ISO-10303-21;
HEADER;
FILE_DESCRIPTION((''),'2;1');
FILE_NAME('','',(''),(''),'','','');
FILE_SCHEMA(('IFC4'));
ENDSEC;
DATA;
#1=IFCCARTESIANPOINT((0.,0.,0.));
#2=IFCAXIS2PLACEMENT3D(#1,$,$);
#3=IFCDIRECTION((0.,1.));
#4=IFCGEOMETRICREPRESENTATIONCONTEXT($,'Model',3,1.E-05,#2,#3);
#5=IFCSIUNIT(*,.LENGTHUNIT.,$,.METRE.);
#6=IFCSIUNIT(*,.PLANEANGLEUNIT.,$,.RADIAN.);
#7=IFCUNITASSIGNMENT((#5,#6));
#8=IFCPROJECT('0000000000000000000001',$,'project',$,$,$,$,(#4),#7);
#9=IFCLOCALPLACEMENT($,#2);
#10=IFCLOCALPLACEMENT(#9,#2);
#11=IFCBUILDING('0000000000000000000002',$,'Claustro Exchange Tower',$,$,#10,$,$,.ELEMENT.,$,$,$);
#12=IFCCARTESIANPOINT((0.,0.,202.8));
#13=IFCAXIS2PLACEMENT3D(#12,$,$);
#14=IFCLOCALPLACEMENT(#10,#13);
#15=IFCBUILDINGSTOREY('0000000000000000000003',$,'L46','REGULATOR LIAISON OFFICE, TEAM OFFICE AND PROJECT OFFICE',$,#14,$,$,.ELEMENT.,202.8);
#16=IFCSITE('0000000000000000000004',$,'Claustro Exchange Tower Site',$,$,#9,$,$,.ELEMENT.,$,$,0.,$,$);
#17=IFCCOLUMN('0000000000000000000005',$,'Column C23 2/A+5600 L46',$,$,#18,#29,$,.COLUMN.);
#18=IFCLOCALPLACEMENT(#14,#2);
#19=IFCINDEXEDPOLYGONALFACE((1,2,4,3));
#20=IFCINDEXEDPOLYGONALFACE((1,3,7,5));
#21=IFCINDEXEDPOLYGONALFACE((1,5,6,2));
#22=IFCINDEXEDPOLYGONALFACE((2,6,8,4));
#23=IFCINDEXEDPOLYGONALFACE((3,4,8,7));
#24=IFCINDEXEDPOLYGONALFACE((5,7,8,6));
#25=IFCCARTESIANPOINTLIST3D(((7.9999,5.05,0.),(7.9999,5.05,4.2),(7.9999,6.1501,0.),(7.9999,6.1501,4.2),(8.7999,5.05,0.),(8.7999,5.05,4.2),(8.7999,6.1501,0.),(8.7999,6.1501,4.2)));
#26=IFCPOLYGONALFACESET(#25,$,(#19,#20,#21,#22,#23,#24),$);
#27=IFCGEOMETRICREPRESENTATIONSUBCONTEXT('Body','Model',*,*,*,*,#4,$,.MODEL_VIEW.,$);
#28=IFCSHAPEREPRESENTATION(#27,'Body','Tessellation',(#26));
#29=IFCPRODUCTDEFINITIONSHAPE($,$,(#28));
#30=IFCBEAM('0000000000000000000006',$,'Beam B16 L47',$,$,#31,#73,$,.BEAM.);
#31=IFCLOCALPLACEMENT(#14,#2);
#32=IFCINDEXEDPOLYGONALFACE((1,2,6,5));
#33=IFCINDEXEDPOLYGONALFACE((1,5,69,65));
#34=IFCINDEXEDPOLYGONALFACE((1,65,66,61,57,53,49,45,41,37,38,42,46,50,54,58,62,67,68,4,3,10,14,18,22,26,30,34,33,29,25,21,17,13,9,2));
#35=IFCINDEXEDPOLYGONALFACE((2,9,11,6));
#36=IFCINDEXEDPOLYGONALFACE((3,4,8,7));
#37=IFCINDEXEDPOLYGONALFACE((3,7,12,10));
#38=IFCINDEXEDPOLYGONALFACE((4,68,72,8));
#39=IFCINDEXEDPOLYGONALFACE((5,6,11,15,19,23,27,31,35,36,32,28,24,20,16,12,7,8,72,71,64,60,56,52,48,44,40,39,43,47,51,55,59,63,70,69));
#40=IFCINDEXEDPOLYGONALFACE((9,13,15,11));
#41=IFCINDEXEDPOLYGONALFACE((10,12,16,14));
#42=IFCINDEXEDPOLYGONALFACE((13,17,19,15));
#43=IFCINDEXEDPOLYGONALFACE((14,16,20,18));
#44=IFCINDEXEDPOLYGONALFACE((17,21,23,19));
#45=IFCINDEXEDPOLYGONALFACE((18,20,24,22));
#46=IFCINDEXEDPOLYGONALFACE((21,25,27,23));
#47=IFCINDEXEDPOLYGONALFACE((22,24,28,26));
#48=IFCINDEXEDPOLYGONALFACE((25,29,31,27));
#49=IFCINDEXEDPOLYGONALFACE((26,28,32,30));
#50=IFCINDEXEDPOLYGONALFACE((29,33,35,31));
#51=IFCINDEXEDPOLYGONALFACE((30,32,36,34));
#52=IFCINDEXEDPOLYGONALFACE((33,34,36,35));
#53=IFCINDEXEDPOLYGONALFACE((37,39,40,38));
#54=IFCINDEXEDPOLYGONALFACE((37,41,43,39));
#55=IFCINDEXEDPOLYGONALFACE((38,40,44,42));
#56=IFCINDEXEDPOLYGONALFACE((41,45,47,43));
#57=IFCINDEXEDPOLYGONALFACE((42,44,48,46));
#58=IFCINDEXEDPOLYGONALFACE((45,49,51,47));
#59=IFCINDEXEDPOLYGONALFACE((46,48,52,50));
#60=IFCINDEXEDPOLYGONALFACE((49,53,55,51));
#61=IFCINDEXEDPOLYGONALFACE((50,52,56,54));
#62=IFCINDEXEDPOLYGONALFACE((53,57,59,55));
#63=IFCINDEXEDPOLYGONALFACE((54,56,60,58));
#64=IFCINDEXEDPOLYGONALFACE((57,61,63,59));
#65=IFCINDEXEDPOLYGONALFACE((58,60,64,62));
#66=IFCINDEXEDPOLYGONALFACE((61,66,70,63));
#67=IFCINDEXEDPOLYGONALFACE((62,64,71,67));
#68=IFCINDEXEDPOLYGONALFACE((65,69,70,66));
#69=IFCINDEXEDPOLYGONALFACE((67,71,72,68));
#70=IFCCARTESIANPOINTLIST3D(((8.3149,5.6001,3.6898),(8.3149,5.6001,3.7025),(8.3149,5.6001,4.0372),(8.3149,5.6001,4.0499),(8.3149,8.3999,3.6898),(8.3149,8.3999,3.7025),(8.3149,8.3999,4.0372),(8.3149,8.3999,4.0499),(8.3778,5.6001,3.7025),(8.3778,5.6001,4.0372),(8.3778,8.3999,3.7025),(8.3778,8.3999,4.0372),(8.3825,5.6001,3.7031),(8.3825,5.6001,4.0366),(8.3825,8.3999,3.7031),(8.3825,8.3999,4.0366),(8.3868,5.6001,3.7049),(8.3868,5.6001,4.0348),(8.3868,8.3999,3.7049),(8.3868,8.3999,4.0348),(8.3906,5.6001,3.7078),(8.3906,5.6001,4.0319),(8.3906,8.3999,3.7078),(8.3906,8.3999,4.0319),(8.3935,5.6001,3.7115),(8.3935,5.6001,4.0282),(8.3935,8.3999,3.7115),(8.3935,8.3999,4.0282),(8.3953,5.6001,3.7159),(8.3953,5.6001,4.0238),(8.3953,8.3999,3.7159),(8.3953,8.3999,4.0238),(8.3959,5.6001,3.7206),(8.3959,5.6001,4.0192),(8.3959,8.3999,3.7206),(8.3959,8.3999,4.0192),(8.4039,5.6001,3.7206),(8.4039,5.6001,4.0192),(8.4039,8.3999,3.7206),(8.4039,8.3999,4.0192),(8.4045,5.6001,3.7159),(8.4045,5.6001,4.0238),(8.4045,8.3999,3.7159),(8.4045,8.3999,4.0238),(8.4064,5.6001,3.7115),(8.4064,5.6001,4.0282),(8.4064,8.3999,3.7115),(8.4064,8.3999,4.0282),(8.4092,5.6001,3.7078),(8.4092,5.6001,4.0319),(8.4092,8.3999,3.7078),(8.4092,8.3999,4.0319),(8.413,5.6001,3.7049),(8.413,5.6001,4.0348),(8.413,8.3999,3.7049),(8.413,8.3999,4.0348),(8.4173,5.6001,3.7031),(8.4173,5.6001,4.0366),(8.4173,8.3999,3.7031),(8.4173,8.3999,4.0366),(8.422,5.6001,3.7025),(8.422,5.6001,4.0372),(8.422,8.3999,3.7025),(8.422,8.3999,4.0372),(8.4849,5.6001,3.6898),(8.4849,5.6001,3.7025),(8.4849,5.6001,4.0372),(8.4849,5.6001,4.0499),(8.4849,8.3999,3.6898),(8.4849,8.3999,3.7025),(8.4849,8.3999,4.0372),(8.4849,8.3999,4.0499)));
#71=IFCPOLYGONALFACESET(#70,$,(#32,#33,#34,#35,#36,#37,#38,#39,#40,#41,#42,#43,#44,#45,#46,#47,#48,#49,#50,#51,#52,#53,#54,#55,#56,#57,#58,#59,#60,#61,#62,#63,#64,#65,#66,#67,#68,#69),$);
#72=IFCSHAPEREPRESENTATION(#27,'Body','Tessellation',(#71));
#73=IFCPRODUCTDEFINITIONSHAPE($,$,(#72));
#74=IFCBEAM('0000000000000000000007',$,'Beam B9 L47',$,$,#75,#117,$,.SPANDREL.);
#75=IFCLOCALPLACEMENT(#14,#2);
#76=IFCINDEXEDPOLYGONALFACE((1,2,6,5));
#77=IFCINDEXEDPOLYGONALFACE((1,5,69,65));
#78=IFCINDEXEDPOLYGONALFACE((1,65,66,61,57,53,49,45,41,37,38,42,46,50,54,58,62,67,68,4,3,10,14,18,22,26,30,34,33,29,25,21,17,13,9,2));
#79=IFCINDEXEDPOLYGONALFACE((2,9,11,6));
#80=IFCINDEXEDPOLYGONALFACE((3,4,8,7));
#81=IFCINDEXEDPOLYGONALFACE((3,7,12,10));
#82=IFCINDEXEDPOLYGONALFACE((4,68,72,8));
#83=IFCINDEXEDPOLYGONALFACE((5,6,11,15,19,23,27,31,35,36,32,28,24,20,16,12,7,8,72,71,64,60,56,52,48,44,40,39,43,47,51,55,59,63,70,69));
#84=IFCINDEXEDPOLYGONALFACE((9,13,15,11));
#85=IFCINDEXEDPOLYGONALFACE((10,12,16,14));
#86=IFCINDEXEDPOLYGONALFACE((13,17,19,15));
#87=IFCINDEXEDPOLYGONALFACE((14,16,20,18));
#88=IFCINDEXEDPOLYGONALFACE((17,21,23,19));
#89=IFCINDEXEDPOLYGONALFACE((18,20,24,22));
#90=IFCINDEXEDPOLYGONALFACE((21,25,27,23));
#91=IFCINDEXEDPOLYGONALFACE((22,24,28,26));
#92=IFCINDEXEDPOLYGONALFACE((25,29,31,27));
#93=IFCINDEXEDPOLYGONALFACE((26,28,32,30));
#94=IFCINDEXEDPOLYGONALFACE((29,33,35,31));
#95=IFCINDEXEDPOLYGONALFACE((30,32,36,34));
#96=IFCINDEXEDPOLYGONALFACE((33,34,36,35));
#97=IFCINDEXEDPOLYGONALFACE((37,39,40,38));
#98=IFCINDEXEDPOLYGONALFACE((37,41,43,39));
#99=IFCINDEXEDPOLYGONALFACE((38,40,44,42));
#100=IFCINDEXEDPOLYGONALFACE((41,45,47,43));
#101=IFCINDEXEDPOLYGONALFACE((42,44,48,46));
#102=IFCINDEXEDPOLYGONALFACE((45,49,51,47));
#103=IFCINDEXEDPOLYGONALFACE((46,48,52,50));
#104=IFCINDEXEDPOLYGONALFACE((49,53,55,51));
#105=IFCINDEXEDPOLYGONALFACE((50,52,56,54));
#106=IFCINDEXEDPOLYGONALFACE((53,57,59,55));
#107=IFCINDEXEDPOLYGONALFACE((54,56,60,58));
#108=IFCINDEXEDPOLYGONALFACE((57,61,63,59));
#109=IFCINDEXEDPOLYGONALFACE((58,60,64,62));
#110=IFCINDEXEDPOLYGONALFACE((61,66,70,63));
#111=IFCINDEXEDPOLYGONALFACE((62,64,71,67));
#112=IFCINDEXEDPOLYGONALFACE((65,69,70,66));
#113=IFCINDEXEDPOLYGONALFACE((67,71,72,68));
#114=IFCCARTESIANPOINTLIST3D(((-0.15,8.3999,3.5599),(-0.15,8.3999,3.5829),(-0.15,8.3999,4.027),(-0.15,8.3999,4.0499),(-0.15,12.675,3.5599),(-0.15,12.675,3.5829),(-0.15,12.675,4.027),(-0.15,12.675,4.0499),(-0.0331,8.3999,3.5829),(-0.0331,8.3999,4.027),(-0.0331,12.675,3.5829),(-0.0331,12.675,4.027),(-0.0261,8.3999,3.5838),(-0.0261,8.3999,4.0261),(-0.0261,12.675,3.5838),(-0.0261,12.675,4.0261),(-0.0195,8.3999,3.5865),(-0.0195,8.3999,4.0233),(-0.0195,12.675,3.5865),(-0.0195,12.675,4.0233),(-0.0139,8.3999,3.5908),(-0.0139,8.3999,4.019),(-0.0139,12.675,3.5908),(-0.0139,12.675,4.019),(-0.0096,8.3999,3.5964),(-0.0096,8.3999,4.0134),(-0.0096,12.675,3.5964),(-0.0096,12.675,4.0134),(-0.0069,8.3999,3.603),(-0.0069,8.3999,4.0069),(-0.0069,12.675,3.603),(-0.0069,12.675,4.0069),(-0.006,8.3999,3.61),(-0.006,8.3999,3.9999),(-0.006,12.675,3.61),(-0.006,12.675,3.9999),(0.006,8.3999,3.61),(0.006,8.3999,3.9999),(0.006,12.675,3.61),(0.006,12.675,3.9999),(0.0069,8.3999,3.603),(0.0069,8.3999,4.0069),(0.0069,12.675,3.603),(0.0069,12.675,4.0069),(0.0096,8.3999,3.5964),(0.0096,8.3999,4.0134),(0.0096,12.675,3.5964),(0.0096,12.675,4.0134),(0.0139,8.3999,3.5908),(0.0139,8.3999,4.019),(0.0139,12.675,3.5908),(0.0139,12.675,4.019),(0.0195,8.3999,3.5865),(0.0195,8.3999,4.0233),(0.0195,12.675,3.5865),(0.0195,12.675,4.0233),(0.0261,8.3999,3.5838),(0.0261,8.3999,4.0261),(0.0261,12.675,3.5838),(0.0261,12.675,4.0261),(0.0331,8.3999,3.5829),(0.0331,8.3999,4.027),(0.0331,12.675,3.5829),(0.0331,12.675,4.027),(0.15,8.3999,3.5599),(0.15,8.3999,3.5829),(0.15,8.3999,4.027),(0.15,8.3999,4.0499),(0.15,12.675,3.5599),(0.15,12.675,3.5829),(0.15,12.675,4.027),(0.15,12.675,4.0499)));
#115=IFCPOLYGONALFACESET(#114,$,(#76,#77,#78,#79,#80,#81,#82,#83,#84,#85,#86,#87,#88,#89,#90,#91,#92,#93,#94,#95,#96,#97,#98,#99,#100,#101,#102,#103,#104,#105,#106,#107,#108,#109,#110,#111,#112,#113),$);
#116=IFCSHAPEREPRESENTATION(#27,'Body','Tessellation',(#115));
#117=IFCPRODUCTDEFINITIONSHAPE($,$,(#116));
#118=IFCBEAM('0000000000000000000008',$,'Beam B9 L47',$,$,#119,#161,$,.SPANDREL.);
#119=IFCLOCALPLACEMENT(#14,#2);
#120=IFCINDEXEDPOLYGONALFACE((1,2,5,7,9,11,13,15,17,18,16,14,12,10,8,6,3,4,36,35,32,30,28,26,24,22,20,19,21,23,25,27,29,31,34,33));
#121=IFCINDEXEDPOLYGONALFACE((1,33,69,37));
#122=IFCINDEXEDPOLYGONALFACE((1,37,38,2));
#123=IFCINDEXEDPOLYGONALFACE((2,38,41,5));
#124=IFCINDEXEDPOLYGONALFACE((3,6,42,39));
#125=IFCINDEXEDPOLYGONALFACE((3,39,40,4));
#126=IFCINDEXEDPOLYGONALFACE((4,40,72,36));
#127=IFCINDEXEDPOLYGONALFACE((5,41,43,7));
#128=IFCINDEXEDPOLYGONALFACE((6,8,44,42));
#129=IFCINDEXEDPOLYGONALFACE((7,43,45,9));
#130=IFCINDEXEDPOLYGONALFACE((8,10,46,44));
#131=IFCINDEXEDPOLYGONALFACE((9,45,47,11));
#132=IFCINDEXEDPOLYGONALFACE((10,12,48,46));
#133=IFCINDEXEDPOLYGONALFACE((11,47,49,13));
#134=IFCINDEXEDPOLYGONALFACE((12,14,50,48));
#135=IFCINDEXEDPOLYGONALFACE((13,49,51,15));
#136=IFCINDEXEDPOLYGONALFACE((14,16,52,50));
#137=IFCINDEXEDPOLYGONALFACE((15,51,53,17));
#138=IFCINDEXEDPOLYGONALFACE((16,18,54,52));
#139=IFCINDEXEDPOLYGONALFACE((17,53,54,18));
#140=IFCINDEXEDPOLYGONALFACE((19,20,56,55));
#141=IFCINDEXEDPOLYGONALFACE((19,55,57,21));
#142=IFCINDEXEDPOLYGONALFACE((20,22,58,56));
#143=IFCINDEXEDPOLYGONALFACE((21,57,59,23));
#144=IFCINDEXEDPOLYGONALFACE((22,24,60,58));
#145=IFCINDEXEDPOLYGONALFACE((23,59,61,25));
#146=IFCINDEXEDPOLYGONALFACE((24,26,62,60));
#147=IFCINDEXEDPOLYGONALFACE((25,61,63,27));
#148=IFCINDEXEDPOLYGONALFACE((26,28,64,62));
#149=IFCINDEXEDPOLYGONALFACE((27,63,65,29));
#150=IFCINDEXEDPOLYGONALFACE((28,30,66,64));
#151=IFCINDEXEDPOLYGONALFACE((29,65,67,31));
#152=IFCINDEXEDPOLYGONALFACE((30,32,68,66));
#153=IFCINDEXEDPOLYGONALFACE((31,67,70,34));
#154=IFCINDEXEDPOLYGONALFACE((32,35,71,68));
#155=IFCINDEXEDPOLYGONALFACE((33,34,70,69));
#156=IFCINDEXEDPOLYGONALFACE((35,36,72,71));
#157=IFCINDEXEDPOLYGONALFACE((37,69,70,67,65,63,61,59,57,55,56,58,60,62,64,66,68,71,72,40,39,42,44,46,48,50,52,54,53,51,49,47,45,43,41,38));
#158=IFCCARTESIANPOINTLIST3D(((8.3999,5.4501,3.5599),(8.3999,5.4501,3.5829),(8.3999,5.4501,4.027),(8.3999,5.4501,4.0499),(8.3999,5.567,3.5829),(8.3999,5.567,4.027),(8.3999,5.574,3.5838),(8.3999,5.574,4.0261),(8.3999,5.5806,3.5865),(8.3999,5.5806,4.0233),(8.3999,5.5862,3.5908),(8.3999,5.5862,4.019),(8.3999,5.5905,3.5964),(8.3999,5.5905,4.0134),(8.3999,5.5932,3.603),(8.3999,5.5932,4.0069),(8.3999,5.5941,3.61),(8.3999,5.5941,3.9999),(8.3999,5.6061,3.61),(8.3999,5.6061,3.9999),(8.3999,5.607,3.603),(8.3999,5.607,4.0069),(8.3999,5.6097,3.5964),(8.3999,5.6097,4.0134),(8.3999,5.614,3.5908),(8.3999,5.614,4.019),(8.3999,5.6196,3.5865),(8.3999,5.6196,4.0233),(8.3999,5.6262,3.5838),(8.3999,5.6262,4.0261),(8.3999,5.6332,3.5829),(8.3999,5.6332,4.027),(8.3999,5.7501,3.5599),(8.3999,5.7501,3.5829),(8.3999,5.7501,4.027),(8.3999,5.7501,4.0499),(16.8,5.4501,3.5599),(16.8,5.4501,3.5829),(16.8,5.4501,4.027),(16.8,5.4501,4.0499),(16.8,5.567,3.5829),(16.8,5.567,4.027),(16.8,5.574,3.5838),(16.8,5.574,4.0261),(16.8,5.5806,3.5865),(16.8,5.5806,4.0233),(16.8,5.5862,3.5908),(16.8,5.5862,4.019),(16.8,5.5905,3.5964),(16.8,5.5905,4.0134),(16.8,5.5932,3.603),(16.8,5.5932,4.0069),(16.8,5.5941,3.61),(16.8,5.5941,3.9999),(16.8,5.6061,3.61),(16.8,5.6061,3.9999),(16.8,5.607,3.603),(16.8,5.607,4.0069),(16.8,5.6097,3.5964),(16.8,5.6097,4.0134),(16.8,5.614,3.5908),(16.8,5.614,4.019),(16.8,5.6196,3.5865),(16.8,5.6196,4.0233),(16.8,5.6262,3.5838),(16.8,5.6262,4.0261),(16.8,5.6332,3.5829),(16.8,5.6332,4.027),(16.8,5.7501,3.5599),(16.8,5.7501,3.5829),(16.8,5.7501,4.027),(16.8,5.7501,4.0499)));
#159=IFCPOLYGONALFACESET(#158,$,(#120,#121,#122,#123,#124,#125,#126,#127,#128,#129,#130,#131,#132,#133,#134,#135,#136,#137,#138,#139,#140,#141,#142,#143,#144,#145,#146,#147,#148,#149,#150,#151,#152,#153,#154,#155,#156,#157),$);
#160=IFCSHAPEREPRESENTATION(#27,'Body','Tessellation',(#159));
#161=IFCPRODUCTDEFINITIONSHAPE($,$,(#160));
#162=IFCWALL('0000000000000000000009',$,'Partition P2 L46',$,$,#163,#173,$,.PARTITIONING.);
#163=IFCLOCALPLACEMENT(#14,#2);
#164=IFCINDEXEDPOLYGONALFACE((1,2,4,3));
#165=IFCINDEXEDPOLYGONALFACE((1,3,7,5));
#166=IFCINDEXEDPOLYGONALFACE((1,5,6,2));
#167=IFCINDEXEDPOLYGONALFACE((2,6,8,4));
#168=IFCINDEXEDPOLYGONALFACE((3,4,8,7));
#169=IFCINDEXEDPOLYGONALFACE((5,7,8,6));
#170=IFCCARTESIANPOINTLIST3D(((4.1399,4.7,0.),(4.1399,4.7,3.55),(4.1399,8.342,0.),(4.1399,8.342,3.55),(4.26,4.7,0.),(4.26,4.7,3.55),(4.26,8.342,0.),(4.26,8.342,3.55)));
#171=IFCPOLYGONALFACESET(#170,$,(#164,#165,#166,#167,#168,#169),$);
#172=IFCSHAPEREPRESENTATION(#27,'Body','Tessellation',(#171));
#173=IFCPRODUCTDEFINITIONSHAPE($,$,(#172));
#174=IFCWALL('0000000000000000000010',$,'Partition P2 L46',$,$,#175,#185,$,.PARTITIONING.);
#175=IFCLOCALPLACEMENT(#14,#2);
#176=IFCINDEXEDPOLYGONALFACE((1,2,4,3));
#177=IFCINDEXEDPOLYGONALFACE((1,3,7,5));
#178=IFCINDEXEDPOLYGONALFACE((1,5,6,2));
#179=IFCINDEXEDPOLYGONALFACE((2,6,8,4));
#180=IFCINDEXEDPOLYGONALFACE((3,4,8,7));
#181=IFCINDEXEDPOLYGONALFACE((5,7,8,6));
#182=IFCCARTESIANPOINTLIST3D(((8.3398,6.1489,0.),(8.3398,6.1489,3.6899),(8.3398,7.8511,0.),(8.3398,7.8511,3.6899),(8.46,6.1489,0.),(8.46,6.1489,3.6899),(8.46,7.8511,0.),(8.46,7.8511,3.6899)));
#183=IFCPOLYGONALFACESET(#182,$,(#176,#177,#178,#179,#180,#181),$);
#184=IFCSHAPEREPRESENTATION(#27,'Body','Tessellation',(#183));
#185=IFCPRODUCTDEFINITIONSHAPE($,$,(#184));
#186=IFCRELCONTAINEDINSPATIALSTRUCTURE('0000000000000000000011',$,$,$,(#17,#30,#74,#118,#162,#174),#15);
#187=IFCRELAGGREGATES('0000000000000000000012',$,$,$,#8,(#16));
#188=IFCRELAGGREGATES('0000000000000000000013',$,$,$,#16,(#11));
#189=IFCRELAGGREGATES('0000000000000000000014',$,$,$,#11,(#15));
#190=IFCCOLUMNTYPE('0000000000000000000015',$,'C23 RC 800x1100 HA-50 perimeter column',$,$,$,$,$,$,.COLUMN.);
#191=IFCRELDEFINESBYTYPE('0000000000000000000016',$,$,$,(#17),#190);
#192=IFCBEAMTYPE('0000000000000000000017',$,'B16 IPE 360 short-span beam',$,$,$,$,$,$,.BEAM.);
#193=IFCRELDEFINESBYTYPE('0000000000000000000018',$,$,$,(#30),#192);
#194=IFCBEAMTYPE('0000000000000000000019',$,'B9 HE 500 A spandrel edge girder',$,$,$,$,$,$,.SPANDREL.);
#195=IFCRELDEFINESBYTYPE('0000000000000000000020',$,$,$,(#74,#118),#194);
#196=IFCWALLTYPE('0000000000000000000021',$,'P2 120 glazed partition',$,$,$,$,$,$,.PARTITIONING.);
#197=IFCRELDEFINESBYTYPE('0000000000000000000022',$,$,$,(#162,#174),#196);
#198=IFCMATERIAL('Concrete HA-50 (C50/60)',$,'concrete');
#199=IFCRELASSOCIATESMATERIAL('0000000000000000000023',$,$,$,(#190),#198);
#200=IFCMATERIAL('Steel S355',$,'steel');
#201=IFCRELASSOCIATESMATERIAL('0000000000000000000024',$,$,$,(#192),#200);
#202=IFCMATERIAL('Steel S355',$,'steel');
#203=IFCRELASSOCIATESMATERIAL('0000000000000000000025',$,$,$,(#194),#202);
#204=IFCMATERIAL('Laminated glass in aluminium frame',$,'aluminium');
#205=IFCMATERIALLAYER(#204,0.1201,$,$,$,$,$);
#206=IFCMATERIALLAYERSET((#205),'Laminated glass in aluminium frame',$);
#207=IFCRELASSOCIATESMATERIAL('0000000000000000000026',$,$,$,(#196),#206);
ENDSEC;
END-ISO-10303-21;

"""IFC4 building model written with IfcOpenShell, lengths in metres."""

from ifc_helpers import new_model, si_unit, direction, frame, frame_2d, origin, origin_2d, place, context, subcontext, project, spatial, rectangle, i_section, extrude, material, layer, layer_set, material_profile, profile_set, type_object, element, save


model = new_model("IFC4")

# Units and contexts
model_context = context("Model", 3, precision=1e-05, world=origin(), true_north=direction((0.0, 1.0)))
body_context = subcontext(model_context, "Body", "Model", "MODEL_VIEW")
ifc_project = project(units=[si_unit("LENGTHUNIT", "METRE"), si_unit("PLANEANGLEUNIT", "RADIAN")], contexts=[model_context])

# Site, building, storey
site_placement = place(None, origin())
site = spatial("IfcSite", under=ifc_project, at=site_placement, Name="Claustro Exchange Tower Site", CompositionType="ELEMENT", RefElevation=0.0)
building_placement = place(site_placement, origin())
building = spatial("IfcBuilding", under=site, at=building_placement, Name="Claustro Exchange Tower", CompositionType="ELEMENT")
storey_placement = place(building_placement, frame((0.0, 0.0, 202.8)))
storey = spatial("IfcBuildingStorey", under=building, at=storey_placement, Name="L46", Description="REGULATOR LIAISON OFFICE, TEAM OFFICE AND PROJECT OFFICE", CompositionType="ELEMENT", Elevation=202.8)

# Column
ifc_material_1 = material(Name="Concrete HA-50 (C50/60)", Category="concrete")
ifc_material_profile_1 = material_profile(ifc_material_1, rectangle(XDim=0.8, YDim=1.1001, at=origin_2d()), Name="RC 800x1100")
ifc_profile_set_1 = profile_set([ifc_material_profile_1], Name="Concrete HA-50 (C50/60)")
column_type = type_object("IfcColumnType", Name="C23 RC 800x1100 HA-50 perimeter column", PredefinedType="COLUMN", material=ifc_profile_set_1)
column_placement = place(storey_placement, frame((8.3999, 5.6001, 0.0), z_axis=(0.0, 0.0, 1.0), x_axis=(1.0, 0.0, 0.0)))
element("IfcColumn", 1, at=column_placement, inside=storey, type_object=column_type, Name="Column C23 2/A+5600 L46", PredefinedType="COLUMN", context=body_context, shape_type="SweptSolid", body=[
    extrude(rectangle(XDim=0.8, YDim=1.1001, at=origin_2d()), origin(), (0.0, 0.0, 1.0), 4.2),
])

# Beams
ifc_material_2 = material(Name="Steel S355", Category="steel")
ifc_material_profile_2 = material_profile(ifc_material_2, i_section(OverallWidth=0.1699, OverallDepth=0.3601, WebThickness=0.0081, FlangeThickness=0.0127, FilletRadius=0.0181, at=origin_2d()), Name="IPE 360")
ifc_profile_set_2 = profile_set([ifc_material_profile_2], Name="Steel S355")
beam_type_1 = type_object("IfcBeamType", Name="B16 IPE 360 short-span beam", PredefinedType="BEAM", material=ifc_profile_set_2)
beam_1_placement = place(storey_placement, frame((8.3999, 5.6001, 3.8699), z_axis=(0.0, 1.0, 0.0), x_axis=(-1.0, 0.0, 0.0)))
element("IfcBeam", 2, at=beam_1_placement, inside=storey, type_object=beam_type_1, Name="Beam B16 L47", PredefinedType="BEAM", context=body_context, shape_type="SweptSolid", body=[
    extrude(i_section(OverallWidth=0.1699, OverallDepth=0.3601, WebThickness=0.0081, FlangeThickness=0.0127, FilletRadius=0.0181, at=origin_2d()), origin(), (0.0, 0.0, 1.0), 2.7998),
])
ifc_material_3 = material(Name="Steel S355", Category="steel")
ifc_material_profile_3 = material_profile(ifc_material_3, i_section(OverallWidth=0.3, OverallDepth=0.49, WebThickness=0.012, FlangeThickness=0.0229, FilletRadius=0.0271, at=origin_2d()), Name="HE 500 A")
ifc_profile_set_3 = profile_set([ifc_material_profile_3], Name="Steel S355")
beam_type_2 = type_object("IfcBeamType", Name="B9 HE 500 A spandrel edge girder", PredefinedType="SPANDREL", material=ifc_profile_set_3)
beam_2_placement = place(storey_placement, frame((0.0, 8.3999, 3.8049), z_axis=(0.0, 1.0, 0.0), x_axis=(-1.0, 0.0, 0.0)))
element("IfcBeam", 3, at=beam_2_placement, inside=storey, type_object=beam_type_2, Name="Beam B9 L47", PredefinedType="SPANDREL", context=body_context, shape_type="SweptSolid", body=[
    extrude(i_section(OverallWidth=0.3, OverallDepth=0.49, WebThickness=0.012, FlangeThickness=0.0229, FilletRadius=0.0271, at=origin_2d()), origin(), (0.0, 0.0, 1.0), 4.2751),
])
beam_3_placement = place(storey_placement, frame((8.3999, 5.6001, 3.8049), z_axis=(1.0, 0.0, 0.0), x_axis=(0.0, 1.0, 0.0)))
element("IfcBeam", 4, at=beam_3_placement, inside=storey, type_object=beam_type_2, Name="Beam B9 L47", PredefinedType="SPANDREL", context=body_context, shape_type="SweptSolid", body=[
    extrude(i_section(OverallWidth=0.3, OverallDepth=0.49, WebThickness=0.012, FlangeThickness=0.0229, FilletRadius=0.0271, at=origin_2d()), origin(), (0.0, 0.0, 1.0), 8.4001),
])

# Walls
ifc_material_4 = material(Name="Laminated glass in aluminium frame", Category="aluminium")
ifc_layer_1 = layer(ifc_material_4, 0.1201)
ifc_layer_set_1 = layer_set([ifc_layer_1], Name="Laminated glass in aluminium frame")
wall_type_1 = type_object("IfcWallType", Name="P2 120 glazed partition", PredefinedType="PARTITIONING", material=ifc_layer_set_1)
wall_1_placement = place(storey_placement, frame((4.2, 4.7, 0.0), z_axis=(0.0, 0.0, 1.0), x_axis=(0.0, 1.0, 0.0)))
element("IfcWall", 5, at=wall_1_placement, inside=storey, type_object=wall_type_1, Name="Partition P2 L46", PredefinedType="PARTITIONING", context=body_context, shape_type="SweptSolid", body=[
    extrude(rectangle(XDim=3.6421, YDim=0.1201, at=frame_2d((1.821, 0.0))), origin(), (0.0, 0.0, 1.0), 3.55),
])
wall_2_placement = place(storey_placement, frame((8.3999, 6.1489, 0.0), z_axis=(0.0, 0.0, 1.0), x_axis=(0.0, 1.0, 0.0)))
element("IfcWall", 6, at=wall_2_placement, inside=storey, type_object=wall_type_1, Name="Partition P2 L46", PredefinedType="PARTITIONING", context=body_context, shape_type="SweptSolid", body=[
    extrude(rectangle(XDim=1.7021, YDim=0.1201, at=frame_2d((0.8511, 0.0))), origin(), (0.0, 0.0, 1.0), 3.6899),
])

save(model, "model.ifc")
